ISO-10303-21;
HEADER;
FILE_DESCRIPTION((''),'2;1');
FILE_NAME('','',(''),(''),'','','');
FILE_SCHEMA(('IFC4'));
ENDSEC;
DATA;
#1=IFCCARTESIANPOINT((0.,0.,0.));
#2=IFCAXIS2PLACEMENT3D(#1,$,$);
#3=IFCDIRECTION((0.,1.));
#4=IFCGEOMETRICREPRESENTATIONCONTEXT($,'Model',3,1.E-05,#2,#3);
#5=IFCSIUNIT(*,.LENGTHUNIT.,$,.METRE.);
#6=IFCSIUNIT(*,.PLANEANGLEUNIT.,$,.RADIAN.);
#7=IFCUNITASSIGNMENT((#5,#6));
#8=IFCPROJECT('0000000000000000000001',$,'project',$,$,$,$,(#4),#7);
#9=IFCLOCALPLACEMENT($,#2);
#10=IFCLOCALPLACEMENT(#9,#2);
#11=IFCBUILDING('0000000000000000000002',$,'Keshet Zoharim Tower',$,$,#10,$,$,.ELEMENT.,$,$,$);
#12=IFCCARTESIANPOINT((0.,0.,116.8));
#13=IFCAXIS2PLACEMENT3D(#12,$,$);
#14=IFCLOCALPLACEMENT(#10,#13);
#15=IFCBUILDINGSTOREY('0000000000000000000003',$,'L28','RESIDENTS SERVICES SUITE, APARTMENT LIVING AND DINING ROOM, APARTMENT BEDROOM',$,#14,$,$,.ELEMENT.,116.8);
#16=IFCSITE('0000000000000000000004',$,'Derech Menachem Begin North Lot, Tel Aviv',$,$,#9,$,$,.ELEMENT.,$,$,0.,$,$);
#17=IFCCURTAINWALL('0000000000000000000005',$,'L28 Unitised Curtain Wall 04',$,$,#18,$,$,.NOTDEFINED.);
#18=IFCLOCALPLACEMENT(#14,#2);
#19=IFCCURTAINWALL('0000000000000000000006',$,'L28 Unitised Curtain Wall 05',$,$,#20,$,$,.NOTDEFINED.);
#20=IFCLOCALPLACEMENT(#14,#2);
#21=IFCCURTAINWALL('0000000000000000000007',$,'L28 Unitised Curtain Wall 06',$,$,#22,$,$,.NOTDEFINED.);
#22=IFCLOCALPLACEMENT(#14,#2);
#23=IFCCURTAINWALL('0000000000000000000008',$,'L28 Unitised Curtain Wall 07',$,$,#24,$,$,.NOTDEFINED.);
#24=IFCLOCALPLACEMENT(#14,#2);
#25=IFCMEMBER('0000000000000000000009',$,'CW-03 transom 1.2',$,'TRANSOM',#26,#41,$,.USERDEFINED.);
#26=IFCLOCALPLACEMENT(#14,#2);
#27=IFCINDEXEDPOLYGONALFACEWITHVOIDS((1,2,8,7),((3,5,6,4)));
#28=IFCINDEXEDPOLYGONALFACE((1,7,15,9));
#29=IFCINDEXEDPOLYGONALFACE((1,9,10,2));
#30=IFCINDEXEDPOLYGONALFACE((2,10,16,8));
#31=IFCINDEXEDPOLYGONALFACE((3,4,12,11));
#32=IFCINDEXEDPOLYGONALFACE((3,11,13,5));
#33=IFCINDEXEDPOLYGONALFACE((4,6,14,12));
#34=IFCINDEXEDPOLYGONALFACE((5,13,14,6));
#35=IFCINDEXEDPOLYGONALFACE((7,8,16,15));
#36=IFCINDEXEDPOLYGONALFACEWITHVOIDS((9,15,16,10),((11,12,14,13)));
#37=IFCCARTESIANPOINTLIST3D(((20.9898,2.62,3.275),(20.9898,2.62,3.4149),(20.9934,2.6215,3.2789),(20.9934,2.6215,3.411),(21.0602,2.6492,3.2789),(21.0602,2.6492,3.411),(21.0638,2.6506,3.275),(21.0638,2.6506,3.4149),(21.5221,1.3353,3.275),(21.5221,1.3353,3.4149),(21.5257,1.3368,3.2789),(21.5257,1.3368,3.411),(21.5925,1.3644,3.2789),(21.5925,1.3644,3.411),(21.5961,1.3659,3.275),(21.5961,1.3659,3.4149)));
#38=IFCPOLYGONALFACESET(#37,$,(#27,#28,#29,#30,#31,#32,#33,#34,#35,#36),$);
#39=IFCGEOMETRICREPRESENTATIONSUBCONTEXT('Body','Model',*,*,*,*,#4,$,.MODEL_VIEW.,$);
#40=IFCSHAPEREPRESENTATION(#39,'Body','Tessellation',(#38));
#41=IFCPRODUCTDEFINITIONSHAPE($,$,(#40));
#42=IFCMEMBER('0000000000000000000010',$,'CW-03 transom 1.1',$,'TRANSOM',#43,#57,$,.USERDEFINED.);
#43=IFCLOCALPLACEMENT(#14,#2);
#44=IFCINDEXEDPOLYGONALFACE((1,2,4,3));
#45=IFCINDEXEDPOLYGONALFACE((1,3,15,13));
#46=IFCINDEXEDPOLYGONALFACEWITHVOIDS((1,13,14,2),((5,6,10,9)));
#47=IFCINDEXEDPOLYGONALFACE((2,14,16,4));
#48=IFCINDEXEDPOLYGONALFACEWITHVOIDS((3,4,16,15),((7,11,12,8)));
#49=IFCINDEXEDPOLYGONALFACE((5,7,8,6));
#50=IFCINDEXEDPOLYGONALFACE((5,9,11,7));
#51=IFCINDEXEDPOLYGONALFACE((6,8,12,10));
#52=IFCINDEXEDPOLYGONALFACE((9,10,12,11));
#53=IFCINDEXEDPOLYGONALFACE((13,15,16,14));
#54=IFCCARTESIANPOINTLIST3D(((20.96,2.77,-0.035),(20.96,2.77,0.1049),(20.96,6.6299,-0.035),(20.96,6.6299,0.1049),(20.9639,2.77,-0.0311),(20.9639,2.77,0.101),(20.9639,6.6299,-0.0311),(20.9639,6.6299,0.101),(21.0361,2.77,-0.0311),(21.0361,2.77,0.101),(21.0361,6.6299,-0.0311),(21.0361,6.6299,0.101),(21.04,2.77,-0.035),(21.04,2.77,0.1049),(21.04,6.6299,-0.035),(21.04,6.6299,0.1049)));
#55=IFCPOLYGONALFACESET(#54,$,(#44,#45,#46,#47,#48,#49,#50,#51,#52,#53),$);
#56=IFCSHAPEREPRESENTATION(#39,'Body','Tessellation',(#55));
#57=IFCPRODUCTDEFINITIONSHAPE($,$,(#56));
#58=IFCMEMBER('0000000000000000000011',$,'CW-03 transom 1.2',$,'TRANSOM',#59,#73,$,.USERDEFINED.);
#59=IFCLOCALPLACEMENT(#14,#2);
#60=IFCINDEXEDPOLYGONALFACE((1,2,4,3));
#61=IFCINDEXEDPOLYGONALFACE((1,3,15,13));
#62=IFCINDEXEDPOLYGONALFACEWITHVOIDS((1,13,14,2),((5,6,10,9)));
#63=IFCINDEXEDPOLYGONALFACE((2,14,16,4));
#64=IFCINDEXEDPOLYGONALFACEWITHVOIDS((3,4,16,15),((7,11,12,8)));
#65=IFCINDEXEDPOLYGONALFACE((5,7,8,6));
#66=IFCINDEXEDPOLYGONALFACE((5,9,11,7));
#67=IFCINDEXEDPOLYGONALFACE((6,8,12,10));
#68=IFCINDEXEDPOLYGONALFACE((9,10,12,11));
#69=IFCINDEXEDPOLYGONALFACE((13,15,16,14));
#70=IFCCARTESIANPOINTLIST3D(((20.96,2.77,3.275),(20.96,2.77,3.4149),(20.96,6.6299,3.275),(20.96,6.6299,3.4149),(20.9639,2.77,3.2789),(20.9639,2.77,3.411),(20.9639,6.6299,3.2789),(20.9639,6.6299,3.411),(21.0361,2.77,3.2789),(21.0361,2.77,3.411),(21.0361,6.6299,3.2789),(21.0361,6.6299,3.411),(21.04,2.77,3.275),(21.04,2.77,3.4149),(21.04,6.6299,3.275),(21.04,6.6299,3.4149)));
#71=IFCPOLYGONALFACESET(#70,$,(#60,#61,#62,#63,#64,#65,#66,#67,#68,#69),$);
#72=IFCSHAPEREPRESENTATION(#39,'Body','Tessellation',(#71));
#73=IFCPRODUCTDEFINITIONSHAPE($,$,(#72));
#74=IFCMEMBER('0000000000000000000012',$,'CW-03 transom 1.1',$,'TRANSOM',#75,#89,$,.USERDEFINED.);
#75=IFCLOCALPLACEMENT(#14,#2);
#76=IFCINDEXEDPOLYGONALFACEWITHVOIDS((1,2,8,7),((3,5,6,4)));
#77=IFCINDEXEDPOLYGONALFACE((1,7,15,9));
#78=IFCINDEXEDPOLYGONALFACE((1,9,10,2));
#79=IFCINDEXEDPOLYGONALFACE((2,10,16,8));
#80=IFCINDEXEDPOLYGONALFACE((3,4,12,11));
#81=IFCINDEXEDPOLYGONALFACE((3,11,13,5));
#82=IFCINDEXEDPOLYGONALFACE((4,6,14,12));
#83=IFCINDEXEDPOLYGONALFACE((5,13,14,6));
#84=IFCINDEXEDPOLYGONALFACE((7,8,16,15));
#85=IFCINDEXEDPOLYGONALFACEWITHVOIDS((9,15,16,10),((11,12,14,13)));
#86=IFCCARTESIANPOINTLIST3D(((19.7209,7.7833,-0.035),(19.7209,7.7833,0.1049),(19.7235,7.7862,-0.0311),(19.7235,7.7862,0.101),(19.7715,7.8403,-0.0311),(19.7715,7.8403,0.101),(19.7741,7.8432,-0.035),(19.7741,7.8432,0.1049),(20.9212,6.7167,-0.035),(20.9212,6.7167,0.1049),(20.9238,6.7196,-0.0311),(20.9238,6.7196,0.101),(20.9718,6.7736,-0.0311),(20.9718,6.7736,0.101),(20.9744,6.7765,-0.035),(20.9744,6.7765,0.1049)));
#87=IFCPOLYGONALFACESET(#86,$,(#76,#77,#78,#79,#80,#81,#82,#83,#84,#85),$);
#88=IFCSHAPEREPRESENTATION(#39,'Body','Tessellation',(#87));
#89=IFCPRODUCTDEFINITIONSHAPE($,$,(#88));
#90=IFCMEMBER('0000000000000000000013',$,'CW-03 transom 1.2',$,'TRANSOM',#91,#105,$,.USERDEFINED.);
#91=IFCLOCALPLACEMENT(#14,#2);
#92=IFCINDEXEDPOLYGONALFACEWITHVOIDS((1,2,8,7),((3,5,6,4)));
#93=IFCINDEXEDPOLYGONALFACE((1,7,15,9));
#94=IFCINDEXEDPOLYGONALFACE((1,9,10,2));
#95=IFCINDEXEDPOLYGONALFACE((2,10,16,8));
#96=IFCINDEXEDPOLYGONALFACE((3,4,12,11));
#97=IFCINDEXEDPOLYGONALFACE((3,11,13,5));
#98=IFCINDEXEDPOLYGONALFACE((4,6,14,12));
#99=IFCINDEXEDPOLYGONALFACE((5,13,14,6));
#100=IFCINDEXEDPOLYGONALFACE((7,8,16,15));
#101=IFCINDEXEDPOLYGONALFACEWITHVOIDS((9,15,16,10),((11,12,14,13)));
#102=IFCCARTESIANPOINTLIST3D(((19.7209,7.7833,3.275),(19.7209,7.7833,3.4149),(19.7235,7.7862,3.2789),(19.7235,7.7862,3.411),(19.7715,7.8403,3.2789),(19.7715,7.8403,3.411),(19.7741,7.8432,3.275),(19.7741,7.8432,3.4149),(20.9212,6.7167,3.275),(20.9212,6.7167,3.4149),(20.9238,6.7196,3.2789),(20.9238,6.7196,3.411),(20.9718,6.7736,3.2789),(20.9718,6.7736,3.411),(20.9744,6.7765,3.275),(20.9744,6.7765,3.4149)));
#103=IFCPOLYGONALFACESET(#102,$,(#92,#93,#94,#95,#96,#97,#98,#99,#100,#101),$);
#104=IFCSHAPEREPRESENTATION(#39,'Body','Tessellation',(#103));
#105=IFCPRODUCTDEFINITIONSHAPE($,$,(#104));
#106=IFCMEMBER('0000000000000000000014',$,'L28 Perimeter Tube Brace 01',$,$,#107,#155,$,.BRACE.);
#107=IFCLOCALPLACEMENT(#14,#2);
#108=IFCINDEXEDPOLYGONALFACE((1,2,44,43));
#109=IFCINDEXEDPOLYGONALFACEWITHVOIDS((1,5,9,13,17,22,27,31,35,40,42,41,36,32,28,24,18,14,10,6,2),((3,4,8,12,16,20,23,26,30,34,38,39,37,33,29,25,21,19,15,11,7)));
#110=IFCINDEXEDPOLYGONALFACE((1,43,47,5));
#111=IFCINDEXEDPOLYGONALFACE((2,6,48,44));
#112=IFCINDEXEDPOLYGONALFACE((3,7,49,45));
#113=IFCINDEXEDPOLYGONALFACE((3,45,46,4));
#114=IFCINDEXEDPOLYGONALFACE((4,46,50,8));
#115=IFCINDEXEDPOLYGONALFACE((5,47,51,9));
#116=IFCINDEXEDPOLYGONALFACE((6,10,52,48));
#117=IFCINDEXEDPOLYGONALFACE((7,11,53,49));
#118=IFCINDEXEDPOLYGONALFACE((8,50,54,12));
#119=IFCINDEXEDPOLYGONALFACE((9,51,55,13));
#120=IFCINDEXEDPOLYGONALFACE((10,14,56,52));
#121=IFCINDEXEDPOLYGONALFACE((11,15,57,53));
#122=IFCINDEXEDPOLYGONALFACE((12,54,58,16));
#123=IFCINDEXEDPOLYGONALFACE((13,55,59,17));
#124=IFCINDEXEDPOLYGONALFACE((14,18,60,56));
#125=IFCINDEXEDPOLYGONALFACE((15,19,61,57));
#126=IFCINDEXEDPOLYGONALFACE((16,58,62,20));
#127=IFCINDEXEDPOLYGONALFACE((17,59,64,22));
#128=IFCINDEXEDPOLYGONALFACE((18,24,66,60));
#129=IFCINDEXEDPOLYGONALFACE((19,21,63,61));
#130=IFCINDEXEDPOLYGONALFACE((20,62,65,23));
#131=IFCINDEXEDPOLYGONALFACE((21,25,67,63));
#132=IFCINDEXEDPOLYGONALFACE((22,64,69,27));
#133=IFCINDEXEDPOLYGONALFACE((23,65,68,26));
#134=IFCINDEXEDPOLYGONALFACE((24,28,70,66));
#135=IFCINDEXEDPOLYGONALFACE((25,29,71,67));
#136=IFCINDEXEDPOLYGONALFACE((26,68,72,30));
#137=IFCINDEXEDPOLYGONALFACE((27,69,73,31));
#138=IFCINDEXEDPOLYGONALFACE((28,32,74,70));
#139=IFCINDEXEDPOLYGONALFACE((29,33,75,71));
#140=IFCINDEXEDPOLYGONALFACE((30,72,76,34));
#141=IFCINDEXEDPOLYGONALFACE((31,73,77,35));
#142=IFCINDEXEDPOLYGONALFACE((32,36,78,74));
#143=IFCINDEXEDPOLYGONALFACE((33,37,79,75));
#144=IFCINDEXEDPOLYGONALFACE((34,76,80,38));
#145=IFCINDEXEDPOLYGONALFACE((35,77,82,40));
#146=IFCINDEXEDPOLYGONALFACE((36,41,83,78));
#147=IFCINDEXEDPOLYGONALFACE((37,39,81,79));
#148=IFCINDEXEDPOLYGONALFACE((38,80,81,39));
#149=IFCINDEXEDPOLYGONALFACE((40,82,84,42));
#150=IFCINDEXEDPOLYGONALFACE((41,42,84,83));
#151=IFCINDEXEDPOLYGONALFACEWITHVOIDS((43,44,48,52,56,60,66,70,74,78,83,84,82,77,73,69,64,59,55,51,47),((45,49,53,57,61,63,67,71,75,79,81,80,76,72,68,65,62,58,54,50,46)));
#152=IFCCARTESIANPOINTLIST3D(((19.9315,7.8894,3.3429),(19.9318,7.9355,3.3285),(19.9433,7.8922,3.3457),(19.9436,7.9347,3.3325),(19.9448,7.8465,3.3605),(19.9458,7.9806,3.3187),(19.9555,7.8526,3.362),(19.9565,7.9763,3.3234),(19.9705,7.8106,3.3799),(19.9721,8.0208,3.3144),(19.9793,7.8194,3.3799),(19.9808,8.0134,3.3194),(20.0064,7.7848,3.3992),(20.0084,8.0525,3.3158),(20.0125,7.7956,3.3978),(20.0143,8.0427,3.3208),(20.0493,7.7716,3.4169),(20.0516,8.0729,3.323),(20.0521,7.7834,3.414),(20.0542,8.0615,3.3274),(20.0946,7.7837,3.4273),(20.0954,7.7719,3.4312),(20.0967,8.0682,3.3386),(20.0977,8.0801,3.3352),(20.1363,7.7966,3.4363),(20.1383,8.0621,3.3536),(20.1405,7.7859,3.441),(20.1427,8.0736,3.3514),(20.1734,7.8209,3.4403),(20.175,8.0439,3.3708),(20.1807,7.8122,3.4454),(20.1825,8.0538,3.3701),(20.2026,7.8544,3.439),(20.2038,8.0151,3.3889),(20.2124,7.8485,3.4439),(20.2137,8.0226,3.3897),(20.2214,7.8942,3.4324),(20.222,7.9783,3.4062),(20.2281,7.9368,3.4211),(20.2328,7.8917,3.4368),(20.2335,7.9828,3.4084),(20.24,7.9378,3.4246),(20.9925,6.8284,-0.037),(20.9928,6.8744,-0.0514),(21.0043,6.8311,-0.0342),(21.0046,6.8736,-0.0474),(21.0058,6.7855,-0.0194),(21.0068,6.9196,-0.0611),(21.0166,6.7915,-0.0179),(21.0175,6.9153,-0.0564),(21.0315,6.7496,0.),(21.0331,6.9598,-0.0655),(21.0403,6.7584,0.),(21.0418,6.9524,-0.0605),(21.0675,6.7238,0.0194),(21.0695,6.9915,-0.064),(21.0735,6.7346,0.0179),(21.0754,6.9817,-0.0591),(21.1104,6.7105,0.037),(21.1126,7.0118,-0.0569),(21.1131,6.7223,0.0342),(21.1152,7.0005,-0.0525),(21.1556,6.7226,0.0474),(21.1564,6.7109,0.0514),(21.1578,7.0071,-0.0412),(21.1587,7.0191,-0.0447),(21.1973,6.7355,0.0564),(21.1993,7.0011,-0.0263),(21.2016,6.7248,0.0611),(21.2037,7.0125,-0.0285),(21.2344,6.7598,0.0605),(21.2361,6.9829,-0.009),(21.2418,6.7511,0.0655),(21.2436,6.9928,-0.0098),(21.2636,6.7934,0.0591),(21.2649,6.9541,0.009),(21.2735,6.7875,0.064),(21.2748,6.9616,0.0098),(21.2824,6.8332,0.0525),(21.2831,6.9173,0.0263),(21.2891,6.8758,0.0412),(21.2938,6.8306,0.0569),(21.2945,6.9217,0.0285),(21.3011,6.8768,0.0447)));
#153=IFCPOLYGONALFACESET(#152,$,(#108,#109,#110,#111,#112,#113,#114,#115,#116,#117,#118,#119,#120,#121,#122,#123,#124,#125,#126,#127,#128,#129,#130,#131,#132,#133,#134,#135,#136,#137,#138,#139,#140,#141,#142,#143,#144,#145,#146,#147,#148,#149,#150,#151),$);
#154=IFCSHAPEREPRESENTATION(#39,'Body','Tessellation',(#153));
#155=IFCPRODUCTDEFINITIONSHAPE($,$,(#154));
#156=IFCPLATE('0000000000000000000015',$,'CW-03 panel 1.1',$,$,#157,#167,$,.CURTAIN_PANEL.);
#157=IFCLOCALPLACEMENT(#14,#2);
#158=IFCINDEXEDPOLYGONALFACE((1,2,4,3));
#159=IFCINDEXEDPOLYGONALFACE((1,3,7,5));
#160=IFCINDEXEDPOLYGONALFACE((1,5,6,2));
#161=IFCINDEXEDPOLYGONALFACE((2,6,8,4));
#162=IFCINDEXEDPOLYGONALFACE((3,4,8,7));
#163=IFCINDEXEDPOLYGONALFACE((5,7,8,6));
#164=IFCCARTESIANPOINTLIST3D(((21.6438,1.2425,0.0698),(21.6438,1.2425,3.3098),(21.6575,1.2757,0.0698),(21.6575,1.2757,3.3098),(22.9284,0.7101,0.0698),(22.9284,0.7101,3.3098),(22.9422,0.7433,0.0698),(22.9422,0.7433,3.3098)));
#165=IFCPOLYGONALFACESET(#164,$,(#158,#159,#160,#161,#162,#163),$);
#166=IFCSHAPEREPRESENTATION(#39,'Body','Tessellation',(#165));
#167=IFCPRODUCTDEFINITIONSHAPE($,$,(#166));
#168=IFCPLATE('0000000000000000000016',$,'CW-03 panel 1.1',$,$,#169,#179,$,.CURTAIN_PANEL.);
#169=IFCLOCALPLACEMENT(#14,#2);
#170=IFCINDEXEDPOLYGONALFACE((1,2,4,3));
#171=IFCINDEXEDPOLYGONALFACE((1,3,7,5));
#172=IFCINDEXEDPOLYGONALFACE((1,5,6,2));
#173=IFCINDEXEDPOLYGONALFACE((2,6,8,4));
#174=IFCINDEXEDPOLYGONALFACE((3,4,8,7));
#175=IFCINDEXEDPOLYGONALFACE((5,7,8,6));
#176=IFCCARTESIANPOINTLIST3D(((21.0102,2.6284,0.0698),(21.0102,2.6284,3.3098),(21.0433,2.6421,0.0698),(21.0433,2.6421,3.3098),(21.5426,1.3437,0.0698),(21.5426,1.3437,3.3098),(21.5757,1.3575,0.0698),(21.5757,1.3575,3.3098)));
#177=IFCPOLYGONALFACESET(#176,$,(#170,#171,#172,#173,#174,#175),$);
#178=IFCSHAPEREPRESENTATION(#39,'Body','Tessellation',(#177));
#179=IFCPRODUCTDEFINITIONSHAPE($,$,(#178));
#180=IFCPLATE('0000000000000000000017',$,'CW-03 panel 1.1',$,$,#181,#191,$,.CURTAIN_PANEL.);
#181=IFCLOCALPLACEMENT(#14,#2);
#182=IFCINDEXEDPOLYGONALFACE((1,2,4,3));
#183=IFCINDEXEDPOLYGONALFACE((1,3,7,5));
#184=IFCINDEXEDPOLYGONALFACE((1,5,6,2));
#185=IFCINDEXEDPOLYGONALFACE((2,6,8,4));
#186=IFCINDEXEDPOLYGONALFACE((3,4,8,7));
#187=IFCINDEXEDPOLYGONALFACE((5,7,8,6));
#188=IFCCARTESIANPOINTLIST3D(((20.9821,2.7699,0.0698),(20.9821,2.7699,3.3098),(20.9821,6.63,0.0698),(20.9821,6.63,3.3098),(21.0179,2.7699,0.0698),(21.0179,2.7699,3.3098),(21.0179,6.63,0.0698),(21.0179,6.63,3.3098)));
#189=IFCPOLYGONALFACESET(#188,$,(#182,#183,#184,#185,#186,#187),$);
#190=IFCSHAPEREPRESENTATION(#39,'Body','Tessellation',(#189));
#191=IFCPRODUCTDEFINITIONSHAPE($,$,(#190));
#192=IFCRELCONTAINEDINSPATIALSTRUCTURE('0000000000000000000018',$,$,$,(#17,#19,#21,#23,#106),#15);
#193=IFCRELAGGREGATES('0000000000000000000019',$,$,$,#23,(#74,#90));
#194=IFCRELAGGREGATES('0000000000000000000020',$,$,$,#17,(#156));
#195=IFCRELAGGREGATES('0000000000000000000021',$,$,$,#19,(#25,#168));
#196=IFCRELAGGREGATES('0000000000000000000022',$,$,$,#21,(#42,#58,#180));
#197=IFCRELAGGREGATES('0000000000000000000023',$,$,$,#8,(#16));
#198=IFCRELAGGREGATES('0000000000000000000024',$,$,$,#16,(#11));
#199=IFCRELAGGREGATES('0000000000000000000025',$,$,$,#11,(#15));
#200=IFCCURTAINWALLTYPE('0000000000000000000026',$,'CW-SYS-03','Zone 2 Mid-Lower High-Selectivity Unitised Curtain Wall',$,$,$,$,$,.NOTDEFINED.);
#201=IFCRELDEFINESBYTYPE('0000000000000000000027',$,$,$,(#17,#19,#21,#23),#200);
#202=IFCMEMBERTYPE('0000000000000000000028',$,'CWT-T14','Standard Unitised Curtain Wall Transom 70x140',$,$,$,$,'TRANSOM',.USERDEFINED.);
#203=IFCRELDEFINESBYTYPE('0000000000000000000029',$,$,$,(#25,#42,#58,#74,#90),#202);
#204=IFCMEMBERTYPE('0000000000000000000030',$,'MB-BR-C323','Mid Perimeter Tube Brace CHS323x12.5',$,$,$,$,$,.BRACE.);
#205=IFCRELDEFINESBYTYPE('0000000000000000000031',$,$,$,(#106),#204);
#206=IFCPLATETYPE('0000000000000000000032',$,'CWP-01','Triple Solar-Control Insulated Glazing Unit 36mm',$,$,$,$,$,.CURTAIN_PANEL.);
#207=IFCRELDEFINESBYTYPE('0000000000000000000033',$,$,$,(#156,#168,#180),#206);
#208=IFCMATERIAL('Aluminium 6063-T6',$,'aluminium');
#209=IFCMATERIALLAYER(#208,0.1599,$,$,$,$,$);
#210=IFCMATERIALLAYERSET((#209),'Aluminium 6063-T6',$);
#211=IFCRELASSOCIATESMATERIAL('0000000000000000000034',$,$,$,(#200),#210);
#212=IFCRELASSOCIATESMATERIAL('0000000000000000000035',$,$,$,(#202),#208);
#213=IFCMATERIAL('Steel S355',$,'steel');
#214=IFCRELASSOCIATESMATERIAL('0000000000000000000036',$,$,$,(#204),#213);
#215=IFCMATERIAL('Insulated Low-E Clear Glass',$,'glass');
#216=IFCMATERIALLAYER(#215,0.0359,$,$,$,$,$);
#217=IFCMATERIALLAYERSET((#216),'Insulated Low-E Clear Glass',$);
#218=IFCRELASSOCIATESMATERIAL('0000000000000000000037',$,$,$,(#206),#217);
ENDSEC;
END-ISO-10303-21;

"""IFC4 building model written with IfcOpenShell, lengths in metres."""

from ifc_helpers import new_model, si_unit, direction, frame, origin, origin_2d, place, context, subcontext, project, spatial, rectangle, hollow_rectangle, hollow_circle, extrude, material, layer, layer_set, material_profile, profile_set, type_object, element, aggregate, save


model = new_model("IFC4")

# Units and contexts
model_context = context("Model", 3, precision=1e-05, world=origin(), true_north=direction((0.0, 1.0)))
body_context = subcontext(model_context, "Body", "Model", "MODEL_VIEW")
ifc_project = project(units=[si_unit("LENGTHUNIT", "METRE"), si_unit("PLANEANGLEUNIT", "RADIAN")], contexts=[model_context])

# Site, building, storey
site_placement = place(None, origin())
site = spatial("IfcSite", under=ifc_project, at=site_placement, Name="Derech Menachem Begin North Lot, Tel Aviv", CompositionType="ELEMENT", RefElevation=0.0)
building_placement = place(site_placement, origin())
building = spatial("IfcBuilding", under=site, at=building_placement, Name="Keshet Zoharim Tower", CompositionType="ELEMENT")
storey_placement = place(building_placement, frame((0.0, 0.0, 116.8)))
storey = spatial("IfcBuildingStorey", under=building, at=storey_placement, Name="L28", Description="RESIDENTS SERVICES SUITE, APARTMENT LIVING AND DINING ROOM, APARTMENT BEDROOM", CompositionType="ELEMENT", Elevation=116.8)

# Shared definitions
ifc_material_1 = material(Name="Steel S355", Category="steel")

# Shared definitions
ifc_material_2 = material(Name="Aluminium 6063-T6", Category="aluminium")
ifc_layer_1 = layer(ifc_material_2, 0.1599)
ifc_layer_set_1 = layer_set([ifc_layer_1], Name="Aluminium 6063-T6")
curtain_wall_type = type_object("IfcCurtainWallType", Name="CW-SYS-03", Description="Zone 2 Mid-Lower High-Selectivity Unitised Curtain Wall", PredefinedType="NOTDEFINED", material=ifc_layer_set_1)

# Curtain walls
curtain_wall_1_placement = place(storey_placement, origin())
curtain_wall_1 = element("IfcCurtainWall", 1, at=curtain_wall_1_placement, inside=storey, type_object=curtain_wall_type, Name="L28 Unitised Curtain Wall 04", PredefinedType="NOTDEFINED")
curtain_wall_2_placement = place(storey_placement, origin())
curtain_wall_2 = element("IfcCurtainWall", 2, at=curtain_wall_2_placement, inside=storey, type_object=curtain_wall_type, Name="L28 Unitised Curtain Wall 05", PredefinedType="NOTDEFINED")
curtain_wall_3_placement = place(storey_placement, origin())
curtain_wall_3 = element("IfcCurtainWall", 3, at=curtain_wall_3_placement, inside=storey, type_object=curtain_wall_type, Name="L28 Unitised Curtain Wall 06", PredefinedType="NOTDEFINED")

# Curtain wall
curtain_wall_4_placement = place(storey_placement, origin())
curtain_wall_4 = element("IfcCurtainWall", 4, at=curtain_wall_4_placement, inside=storey, type_object=curtain_wall_type, Name="L28 Unitised Curtain Wall 07", PredefinedType="NOTDEFINED")

# Members
ifc_material_profile_1 = material_profile(ifc_material_2, hollow_rectangle(XDim=0.0801, YDim=0.1399, WallThickness=0.0039, at=origin_2d()), Name="TRN-80x140")
ifc_profile_set_1 = profile_set([ifc_material_profile_1], Name="Aluminium 6063-T6")
member_type_1 = type_object("IfcMemberType", Name="CWT-T14", Description="Standard Unitised Curtain Wall Transom 70x140", ElementType="TRANSOM", PredefinedType="USERDEFINED", material=ifc_profile_set_1)
member_1_placement = place(storey_placement, frame((21.5591, 1.3506, 3.345), z_axis=(-0.382745, 0.923854, 0.0), x_axis=(-0.923854, -0.382745, 0.0)))
member_1 = element("IfcMember", 5, at=member_1_placement, type_object=member_type_1, Name="CW-03 transom 1.2", ObjectType="TRANSOM", PredefinedType="USERDEFINED", context=body_context, shape_type="SweptSolid", body=[
    extrude(hollow_rectangle(XDim=0.0801, YDim=0.1399, WallThickness=0.0039, at=origin_2d()), origin(), (0.0, 0.0, 1.0), 1.3906),
])
member_2_placement = place(storey_placement, frame((21.0, 2.77, 0.0349), z_axis=(0.0, 1.0, 0.0), x_axis=(-1.0, 0.0, 0.0)))
member_2 = element("IfcMember", 6, at=member_2_placement, type_object=member_type_1, Name="CW-03 transom 1.1", ObjectType="TRANSOM", PredefinedType="USERDEFINED", context=body_context, shape_type="SweptSolid", body=[
    extrude(hollow_rectangle(XDim=0.0801, YDim=0.1399, WallThickness=0.0039, at=origin_2d()), origin(), (0.0, 0.0, 1.0), 3.8599),
])
member_3_placement = place(storey_placement, frame((21.0, 2.77, 3.345), z_axis=(0.0, 1.0, 0.0), x_axis=(-1.0, 0.0, 0.0)))
member_3 = element("IfcMember", 7, at=member_3_placement, type_object=member_type_1, Name="CW-03 transom 1.2", ObjectType="TRANSOM", PredefinedType="USERDEFINED", context=body_context, shape_type="SweptSolid", body=[
    extrude(hollow_rectangle(XDim=0.0801, YDim=0.1399, WallThickness=0.0039, at=origin_2d()), origin(), (0.0, 0.0, 1.0), 3.8599),
])
member_4_placement = place(storey_placement, frame((20.9478, 6.7466, 0.0349), z_axis=(-0.747468, 0.664298, 0.0), x_axis=(-0.664298, -0.747468, 0.0)))
member_4 = element("IfcMember", 8, at=member_4_placement, type_object=member_type_1, Name="CW-03 transom 1.1", ObjectType="TRANSOM", PredefinedType="USERDEFINED", context=body_context, shape_type="SweptSolid", body=[
    extrude(hollow_rectangle(XDim=0.0801, YDim=0.1399, WallThickness=0.0039, at=origin_2d()), origin(), (0.0, 0.0, 1.0), 1.6057),
])
member_5_placement = place(storey_placement, frame((20.9478, 6.7466, 3.345), z_axis=(-0.747468, 0.664298, 0.0), x_axis=(-0.664298, -0.747468, 0.0)))
member_5 = element("IfcMember", 9, at=member_5_placement, type_object=member_type_1, Name="CW-03 transom 1.2", ObjectType="TRANSOM", PredefinedType="USERDEFINED", context=body_context, shape_type="SweptSolid", body=[
    extrude(hollow_rectangle(XDim=0.0801, YDim=0.1399, WallThickness=0.0039, at=origin_2d()), origin(), (0.0, 0.0, 1.0), 1.6057),
])
aggregate(curtain_wall_4, [member_4, member_5])
ifc_material_profile_2 = material_profile(ifc_material_1, hollow_circle(Radius=0.1619, WallThickness=0.0125, at=origin_2d()), Name="CHS323x12.5")
ifc_profile_set_2 = profile_set([ifc_material_profile_2], Name="Steel S355")
member_type_2 = type_object("IfcMemberType", Name="MB-BR-C323", Description="Mid Perimeter Tube Brace CHS323x12.5", PredefinedType="BRACE", material=ifc_profile_set_2)
member_6_placement = place(storey_placement, frame((21.146, 6.864, 0.0), z_axis=(-0.286921, 0.286921, 0.913976), x_axis=(-0.707107, -0.707107, 0.0)))
element("IfcMember", 10, at=member_6_placement, inside=storey, type_object=member_type_2, Name="L28 Perimeter Tube Brace 01", PredefinedType="BRACE", context=body_context, shape_type="SweptSolid", body=[
    extrude(hollow_circle(Radius=0.1619, WallThickness=0.0125, at=origin_2d()), origin(), (0.0, 0.0, 1.0), 3.698),
])

# Plates
ifc_material_3 = material(Name="Insulated Low-E Clear Glass", Category="glass")
ifc_layer_2 = layer(ifc_material_3, 0.0359)
ifc_layer_set_2 = layer_set([ifc_layer_2], Name="Insulated Low-E Clear Glass")
plate_type = type_object("IfcPlateType", Name="CWP-01", Description="Triple Solar-Control Insulated Glazing Unit 36mm", PredefinedType="CURTAIN_PANEL", material=ifc_layer_set_2)
plate_1_placement = place(storey_placement, frame((22.293, 0.9929, 0.0698), z_axis=(0.0, 0.0, 1.0), x_axis=(-0.92381, 0.382852, 0.0)))
plate_1 = element("IfcPlate", 11, at=plate_1_placement, type_object=plate_type, Name="CW-03 panel 1.1", PredefinedType="CURTAIN_PANEL", context=body_context, shape_type="SweptSolid", body=[
    extrude(rectangle(XDim=1.3906, YDim=0.0359, at=origin_2d()), origin(), (0.0, 0.0, 1.0), 3.24),
])
aggregate(curtain_wall_1, [plate_1])
plate_2_placement = place(storey_placement, frame((21.293, 1.9929, 0.0698), z_axis=(0.0, 0.0, 1.0), x_axis=(-0.382852, 0.92381, 0.0)))
plate_2 = element("IfcPlate", 12, at=plate_2_placement, type_object=plate_type, Name="CW-03 panel 1.1", PredefinedType="CURTAIN_PANEL", context=body_context, shape_type="SweptSolid", body=[
    extrude(rectangle(XDim=1.3906, YDim=0.0359, at=origin_2d()), origin(), (0.0, 0.0, 1.0), 3.24),
])
aggregate(curtain_wall_2, [member_1, plate_2])
plate_3_placement = place(storey_placement, frame((21.0, 4.7, 0.0698), z_axis=(0.0, 0.0, 1.0), x_axis=(0.0, 1.0, 0.0)))
plate_3 = element("IfcPlate", 13, at=plate_3_placement, type_object=plate_type, Name="CW-03 panel 1.1", PredefinedType="CURTAIN_PANEL", context=body_context, shape_type="SweptSolid", body=[
    extrude(rectangle(XDim=3.8601, YDim=0.0359, at=origin_2d()), origin(), (0.0, 0.0, 1.0), 3.24),
])
aggregate(curtain_wall_3, [member_2, member_3, plate_3])

save(model, "model.ifc")
